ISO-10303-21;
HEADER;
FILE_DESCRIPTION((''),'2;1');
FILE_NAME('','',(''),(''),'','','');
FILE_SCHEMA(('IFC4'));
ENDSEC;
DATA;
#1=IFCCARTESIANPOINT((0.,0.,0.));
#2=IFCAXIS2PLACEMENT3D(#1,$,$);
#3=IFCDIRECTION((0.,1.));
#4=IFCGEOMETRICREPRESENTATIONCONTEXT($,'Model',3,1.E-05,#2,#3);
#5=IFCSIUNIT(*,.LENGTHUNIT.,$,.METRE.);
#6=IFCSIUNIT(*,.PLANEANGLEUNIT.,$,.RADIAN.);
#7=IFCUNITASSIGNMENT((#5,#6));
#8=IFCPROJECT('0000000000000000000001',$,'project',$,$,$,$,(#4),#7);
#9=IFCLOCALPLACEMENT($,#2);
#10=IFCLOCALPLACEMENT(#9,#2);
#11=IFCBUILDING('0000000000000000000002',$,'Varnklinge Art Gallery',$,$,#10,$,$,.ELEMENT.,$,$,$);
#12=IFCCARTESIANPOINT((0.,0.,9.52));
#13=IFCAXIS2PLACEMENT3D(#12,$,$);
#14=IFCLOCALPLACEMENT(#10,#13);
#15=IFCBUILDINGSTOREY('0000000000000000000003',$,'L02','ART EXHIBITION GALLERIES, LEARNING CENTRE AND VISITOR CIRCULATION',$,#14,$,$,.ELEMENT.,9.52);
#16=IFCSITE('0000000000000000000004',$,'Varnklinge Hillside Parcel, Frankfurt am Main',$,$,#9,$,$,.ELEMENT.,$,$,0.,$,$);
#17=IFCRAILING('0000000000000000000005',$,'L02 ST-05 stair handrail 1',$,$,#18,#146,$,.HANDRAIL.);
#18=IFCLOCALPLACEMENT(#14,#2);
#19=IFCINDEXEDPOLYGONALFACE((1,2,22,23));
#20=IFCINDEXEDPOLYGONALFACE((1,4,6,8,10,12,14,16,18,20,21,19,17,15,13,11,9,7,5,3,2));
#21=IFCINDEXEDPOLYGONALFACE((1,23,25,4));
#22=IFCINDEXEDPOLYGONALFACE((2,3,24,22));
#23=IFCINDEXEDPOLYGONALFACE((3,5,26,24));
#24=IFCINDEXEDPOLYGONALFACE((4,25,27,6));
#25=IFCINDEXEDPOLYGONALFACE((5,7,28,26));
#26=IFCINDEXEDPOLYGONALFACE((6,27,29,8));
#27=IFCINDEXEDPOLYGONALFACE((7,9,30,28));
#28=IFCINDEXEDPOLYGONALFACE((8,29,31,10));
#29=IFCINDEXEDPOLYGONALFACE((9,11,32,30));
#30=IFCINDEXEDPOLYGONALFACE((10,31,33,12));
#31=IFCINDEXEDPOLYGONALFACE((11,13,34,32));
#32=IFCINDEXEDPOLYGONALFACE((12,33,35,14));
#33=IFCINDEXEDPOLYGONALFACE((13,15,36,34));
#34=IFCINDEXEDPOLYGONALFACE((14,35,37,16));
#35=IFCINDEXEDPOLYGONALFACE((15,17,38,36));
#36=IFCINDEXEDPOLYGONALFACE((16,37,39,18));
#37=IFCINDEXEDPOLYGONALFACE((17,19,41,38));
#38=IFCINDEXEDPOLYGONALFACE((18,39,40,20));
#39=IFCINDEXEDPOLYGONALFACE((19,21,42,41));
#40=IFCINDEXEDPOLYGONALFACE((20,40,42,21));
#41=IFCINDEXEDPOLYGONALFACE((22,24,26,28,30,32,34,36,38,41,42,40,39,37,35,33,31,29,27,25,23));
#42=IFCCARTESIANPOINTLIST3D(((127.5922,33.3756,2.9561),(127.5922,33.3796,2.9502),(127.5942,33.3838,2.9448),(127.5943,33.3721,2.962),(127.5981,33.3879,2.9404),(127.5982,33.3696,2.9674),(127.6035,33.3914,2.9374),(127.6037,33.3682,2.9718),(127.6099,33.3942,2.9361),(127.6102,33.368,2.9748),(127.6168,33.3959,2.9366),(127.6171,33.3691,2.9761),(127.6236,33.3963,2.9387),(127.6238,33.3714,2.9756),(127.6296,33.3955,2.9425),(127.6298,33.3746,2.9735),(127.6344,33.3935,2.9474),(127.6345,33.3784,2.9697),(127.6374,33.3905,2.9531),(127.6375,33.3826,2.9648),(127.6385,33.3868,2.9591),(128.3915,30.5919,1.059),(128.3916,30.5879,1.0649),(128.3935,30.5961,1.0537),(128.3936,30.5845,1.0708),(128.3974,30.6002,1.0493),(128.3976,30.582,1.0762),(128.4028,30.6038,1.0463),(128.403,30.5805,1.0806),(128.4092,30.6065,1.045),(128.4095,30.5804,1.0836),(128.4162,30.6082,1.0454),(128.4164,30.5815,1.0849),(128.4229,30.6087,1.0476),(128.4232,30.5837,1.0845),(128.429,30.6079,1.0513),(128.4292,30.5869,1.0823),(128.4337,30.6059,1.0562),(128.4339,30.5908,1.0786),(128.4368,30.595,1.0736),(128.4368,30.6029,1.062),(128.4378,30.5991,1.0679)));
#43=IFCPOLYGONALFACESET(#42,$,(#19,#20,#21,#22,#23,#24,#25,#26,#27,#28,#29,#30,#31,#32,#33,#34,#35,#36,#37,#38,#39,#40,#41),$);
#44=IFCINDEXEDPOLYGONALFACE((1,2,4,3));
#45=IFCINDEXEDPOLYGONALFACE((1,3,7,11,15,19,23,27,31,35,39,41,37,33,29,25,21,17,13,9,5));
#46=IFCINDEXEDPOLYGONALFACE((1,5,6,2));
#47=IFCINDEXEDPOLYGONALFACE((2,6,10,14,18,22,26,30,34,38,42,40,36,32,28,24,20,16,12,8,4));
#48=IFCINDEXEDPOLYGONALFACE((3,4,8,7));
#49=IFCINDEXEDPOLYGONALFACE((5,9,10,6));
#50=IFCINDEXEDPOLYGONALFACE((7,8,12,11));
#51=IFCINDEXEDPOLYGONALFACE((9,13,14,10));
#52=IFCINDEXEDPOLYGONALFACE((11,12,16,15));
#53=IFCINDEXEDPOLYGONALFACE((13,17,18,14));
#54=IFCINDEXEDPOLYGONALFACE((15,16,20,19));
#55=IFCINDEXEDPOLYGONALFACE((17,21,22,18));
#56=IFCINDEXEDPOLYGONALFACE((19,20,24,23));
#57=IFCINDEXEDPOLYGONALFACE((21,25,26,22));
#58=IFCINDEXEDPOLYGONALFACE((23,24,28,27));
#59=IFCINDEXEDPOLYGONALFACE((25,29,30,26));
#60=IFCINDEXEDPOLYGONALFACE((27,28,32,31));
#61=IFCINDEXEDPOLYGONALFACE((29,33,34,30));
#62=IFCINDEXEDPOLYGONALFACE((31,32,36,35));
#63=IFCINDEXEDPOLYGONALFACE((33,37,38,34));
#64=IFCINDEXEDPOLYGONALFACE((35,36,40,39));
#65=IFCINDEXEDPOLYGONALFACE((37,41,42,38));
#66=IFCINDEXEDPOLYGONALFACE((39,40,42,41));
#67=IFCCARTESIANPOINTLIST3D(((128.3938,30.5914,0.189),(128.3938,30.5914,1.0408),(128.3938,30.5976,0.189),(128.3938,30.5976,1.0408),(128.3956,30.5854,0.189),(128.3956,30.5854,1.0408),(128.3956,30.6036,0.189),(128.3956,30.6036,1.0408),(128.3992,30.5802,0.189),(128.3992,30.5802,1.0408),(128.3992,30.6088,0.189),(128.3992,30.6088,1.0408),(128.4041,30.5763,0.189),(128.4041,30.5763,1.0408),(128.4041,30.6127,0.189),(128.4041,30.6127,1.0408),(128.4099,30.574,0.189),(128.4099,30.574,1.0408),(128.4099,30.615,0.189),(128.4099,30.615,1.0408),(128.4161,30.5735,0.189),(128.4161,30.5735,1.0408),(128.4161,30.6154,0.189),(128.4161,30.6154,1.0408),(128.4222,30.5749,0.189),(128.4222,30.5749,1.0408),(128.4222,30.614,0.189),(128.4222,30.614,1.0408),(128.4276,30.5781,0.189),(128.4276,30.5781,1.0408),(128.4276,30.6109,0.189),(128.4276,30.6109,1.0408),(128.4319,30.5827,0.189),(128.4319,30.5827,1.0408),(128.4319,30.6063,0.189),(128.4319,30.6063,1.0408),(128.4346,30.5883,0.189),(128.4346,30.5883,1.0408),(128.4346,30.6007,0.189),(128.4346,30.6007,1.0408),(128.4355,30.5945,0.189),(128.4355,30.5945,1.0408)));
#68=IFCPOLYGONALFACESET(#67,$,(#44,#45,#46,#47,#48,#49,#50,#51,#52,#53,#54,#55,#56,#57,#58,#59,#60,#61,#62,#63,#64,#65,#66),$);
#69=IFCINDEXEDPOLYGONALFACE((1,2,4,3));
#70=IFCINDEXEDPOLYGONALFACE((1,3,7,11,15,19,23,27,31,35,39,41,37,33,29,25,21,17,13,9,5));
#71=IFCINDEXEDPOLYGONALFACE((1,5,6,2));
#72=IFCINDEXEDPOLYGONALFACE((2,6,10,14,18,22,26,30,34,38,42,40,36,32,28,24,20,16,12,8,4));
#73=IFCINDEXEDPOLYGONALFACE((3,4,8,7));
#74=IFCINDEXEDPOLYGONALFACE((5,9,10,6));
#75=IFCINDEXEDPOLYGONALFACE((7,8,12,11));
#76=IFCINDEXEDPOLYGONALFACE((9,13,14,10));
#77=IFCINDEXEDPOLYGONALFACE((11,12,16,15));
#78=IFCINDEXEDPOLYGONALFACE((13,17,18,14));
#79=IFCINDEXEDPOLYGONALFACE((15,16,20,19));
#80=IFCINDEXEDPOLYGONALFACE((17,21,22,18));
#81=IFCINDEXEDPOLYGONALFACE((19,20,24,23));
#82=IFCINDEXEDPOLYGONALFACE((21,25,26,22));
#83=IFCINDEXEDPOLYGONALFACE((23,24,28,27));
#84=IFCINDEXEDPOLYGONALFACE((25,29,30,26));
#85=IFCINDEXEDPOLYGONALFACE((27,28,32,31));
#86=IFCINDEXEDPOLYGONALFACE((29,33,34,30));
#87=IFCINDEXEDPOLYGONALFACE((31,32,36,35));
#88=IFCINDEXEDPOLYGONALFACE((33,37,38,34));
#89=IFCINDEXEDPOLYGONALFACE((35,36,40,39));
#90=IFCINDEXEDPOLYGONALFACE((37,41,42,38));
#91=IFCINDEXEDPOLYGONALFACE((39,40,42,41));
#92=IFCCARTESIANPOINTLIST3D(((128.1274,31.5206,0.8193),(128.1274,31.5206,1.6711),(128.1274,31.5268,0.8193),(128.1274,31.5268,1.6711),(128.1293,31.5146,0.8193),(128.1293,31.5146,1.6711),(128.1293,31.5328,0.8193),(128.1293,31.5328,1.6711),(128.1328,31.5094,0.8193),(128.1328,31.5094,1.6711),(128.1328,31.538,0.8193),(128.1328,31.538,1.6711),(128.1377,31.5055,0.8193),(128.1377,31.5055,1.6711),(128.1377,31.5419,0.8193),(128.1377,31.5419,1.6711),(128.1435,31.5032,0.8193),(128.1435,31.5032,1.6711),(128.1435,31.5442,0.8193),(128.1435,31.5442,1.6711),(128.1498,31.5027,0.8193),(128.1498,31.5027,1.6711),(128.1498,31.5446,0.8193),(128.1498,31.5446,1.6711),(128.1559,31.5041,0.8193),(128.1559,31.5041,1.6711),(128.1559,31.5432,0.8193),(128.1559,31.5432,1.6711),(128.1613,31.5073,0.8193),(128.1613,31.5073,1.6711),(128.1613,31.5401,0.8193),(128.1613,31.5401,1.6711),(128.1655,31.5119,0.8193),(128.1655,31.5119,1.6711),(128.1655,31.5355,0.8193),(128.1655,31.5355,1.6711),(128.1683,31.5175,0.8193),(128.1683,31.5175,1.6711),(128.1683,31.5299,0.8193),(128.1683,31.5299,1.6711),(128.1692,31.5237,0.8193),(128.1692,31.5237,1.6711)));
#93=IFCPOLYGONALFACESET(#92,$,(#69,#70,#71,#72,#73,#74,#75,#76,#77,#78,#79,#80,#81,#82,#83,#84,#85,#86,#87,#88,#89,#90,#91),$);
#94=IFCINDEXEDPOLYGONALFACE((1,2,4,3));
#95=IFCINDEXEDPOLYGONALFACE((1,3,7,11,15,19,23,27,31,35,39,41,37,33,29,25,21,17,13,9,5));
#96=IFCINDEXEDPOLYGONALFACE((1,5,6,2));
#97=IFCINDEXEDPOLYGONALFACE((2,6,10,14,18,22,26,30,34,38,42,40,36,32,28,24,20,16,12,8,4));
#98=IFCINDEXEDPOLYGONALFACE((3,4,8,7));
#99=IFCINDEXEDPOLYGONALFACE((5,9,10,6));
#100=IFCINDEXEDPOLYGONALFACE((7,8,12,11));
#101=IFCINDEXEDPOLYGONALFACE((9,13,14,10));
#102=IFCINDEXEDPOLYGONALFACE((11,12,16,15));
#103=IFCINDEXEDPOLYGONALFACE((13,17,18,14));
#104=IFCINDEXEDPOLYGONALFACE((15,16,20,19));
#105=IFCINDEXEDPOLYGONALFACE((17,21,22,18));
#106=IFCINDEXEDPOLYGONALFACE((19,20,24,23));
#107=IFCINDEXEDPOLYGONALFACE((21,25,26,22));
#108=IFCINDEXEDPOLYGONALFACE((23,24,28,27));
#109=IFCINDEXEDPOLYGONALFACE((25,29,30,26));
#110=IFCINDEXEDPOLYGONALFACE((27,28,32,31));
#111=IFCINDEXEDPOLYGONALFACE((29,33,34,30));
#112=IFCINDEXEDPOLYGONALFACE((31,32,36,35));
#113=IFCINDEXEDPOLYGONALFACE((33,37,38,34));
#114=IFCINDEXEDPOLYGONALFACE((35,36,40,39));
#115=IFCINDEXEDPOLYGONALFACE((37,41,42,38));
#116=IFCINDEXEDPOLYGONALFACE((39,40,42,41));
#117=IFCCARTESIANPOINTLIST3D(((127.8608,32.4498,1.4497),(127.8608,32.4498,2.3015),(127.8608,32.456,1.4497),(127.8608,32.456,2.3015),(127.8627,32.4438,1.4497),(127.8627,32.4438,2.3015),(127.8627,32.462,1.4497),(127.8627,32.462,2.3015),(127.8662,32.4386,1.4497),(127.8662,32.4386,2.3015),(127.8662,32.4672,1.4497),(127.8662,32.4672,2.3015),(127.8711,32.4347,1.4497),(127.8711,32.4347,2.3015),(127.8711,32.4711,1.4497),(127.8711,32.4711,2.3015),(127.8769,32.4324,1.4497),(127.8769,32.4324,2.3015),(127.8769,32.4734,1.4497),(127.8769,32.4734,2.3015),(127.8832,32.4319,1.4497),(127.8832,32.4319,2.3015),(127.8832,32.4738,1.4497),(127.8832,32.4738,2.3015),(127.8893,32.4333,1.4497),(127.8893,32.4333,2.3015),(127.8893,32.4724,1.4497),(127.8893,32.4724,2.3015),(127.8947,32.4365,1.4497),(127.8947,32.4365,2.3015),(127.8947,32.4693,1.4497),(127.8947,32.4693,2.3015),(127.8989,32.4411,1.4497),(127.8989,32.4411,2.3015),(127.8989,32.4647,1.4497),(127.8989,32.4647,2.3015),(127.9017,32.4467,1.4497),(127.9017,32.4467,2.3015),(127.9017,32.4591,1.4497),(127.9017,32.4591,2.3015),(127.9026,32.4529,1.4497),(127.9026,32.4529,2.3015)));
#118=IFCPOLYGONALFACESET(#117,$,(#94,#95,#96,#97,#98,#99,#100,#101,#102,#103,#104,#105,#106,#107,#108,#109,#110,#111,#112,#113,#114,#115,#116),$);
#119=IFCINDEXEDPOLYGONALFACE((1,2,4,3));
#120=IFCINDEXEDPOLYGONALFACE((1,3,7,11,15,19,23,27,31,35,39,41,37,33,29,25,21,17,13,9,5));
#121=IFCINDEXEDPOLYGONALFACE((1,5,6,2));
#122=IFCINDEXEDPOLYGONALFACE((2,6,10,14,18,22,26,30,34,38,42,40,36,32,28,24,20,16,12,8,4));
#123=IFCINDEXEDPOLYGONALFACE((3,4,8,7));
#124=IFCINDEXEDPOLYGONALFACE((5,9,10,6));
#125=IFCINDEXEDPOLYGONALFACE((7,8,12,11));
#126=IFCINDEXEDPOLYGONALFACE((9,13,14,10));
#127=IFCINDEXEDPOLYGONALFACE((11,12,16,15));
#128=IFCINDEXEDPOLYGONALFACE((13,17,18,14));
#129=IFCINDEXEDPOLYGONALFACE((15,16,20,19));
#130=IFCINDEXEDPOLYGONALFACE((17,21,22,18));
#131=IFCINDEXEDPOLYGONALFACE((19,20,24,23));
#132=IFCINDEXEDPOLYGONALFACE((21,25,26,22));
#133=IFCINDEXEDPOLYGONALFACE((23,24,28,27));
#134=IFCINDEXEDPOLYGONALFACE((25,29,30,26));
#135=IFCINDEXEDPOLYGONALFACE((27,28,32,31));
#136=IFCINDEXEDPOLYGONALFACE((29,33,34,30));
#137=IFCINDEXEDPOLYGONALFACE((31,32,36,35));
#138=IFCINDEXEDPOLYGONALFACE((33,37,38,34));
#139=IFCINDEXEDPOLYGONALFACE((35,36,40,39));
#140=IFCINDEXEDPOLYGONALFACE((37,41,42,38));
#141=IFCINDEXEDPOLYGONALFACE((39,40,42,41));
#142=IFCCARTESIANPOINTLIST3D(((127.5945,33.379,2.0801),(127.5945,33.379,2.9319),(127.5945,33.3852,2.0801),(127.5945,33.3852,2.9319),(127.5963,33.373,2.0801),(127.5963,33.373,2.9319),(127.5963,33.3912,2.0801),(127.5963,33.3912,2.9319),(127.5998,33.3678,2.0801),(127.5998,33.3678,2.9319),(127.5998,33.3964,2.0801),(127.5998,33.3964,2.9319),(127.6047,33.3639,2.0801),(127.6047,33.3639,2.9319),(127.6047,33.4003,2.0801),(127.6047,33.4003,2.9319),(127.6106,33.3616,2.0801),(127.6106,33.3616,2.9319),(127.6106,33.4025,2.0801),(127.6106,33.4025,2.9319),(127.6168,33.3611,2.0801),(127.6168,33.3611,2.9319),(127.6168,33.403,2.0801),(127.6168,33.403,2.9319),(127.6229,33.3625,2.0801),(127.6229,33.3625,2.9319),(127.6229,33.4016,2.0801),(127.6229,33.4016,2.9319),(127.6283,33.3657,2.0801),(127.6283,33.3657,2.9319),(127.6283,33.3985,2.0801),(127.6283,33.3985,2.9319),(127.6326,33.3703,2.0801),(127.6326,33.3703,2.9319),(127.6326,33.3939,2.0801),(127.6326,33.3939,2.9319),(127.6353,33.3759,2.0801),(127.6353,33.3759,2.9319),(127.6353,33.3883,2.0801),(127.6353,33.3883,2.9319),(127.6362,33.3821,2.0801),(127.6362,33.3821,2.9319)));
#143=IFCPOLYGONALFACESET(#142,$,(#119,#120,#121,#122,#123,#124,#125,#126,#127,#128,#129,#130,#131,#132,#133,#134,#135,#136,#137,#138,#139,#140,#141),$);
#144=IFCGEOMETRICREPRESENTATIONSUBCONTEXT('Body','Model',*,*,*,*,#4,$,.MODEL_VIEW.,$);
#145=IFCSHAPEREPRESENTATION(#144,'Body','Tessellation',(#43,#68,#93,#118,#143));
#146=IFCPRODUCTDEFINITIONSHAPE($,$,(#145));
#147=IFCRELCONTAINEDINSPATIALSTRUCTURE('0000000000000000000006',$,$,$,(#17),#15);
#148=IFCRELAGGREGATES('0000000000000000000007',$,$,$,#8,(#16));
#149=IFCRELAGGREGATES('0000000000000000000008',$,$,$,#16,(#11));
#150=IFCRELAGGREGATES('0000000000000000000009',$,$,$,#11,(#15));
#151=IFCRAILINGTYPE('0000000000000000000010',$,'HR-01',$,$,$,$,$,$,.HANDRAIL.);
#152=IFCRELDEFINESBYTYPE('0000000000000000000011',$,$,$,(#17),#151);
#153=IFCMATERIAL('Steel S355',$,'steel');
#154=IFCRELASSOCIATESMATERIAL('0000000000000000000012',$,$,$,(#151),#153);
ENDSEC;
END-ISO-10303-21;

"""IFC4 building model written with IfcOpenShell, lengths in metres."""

from ifc_helpers import new_model, si_unit, direction, frame, origin, origin_2d, place, context, subcontext, project, spatial, circle, extrude, material, type_object, element, save


model = new_model("IFC4")

# Units and contexts
model_context = context("Model", 3, precision=1e-05, world=origin(), true_north=direction((0.0, 1.0)))
body_context = subcontext(model_context, "Body", "Model", "MODEL_VIEW")
ifc_project = project(units=[si_unit("LENGTHUNIT", "METRE"), si_unit("PLANEANGLEUNIT", "RADIAN")], contexts=[model_context])

# Site, building, storey
site_placement = place(None, origin())
site = spatial("IfcSite", under=ifc_project, at=site_placement, Name="Varnklinge Hillside Parcel, Frankfurt am Main", CompositionType="ELEMENT", RefElevation=0.0)
building_placement = place(site_placement, origin())
building = spatial("IfcBuilding", under=site, at=building_placement, Name="Varnklinge Art Gallery", CompositionType="ELEMENT")
storey_placement = place(building_placement, frame((0.0, 0.0, 9.52)))
storey = spatial("IfcBuildingStorey", under=building, at=storey_placement, Name="L02", Description="ART EXHIBITION GALLERIES, LEARNING CENTRE AND VISITOR CIRCULATION", CompositionType="ELEMENT", Elevation=9.52)

# Railing
ifc_material_1 = material(Name="Steel S355", Category="steel")
railing_type_1 = type_object("IfcRailingType", Name="HR-01", PredefinedType="HANDRAIL", material=ifc_material_1)
railing_1_placement = place(storey_placement, frame((128.4146, 30.5945, 0.189)))
element("IfcRailing", 1, at=railing_1_placement, inside=storey, type_object=railing_type_1, Name="L02 ST-05 stair handrail 1", PredefinedType="HANDRAIL", context=body_context, shape_type="SweptSolid", body=[
    extrude(circle(Radius=0.0239, at=origin_2d()), frame((0.0, 0.0, 0.876), z_axis=(-0.230878, 0.805183, 0.546238), x_axis=(-0.961263, -0.275633, 0.0)), (0.0, 0.0, 1.0), 3.4622),
    extrude(circle(Radius=0.021, at=origin_2d()), origin(), (0.0, 0.0, 1.0), 0.8518),
    extrude(circle(Radius=0.021, at=origin_2d()), frame((-0.2664, 0.9292, 0.6304)), (0.0, 0.0, 1.0), 0.8518),
    extrude(circle(Radius=0.021, at=origin_2d()), frame((-0.533, 1.8584, 1.2607)), (0.0, 0.0, 1.0), 0.8518),
    extrude(circle(Radius=0.021, at=origin_2d()), frame((-0.7993, 2.7876, 1.8911)), (0.0, 0.0, 1.0), 0.8518),
])

save(model, "model.ifc")
